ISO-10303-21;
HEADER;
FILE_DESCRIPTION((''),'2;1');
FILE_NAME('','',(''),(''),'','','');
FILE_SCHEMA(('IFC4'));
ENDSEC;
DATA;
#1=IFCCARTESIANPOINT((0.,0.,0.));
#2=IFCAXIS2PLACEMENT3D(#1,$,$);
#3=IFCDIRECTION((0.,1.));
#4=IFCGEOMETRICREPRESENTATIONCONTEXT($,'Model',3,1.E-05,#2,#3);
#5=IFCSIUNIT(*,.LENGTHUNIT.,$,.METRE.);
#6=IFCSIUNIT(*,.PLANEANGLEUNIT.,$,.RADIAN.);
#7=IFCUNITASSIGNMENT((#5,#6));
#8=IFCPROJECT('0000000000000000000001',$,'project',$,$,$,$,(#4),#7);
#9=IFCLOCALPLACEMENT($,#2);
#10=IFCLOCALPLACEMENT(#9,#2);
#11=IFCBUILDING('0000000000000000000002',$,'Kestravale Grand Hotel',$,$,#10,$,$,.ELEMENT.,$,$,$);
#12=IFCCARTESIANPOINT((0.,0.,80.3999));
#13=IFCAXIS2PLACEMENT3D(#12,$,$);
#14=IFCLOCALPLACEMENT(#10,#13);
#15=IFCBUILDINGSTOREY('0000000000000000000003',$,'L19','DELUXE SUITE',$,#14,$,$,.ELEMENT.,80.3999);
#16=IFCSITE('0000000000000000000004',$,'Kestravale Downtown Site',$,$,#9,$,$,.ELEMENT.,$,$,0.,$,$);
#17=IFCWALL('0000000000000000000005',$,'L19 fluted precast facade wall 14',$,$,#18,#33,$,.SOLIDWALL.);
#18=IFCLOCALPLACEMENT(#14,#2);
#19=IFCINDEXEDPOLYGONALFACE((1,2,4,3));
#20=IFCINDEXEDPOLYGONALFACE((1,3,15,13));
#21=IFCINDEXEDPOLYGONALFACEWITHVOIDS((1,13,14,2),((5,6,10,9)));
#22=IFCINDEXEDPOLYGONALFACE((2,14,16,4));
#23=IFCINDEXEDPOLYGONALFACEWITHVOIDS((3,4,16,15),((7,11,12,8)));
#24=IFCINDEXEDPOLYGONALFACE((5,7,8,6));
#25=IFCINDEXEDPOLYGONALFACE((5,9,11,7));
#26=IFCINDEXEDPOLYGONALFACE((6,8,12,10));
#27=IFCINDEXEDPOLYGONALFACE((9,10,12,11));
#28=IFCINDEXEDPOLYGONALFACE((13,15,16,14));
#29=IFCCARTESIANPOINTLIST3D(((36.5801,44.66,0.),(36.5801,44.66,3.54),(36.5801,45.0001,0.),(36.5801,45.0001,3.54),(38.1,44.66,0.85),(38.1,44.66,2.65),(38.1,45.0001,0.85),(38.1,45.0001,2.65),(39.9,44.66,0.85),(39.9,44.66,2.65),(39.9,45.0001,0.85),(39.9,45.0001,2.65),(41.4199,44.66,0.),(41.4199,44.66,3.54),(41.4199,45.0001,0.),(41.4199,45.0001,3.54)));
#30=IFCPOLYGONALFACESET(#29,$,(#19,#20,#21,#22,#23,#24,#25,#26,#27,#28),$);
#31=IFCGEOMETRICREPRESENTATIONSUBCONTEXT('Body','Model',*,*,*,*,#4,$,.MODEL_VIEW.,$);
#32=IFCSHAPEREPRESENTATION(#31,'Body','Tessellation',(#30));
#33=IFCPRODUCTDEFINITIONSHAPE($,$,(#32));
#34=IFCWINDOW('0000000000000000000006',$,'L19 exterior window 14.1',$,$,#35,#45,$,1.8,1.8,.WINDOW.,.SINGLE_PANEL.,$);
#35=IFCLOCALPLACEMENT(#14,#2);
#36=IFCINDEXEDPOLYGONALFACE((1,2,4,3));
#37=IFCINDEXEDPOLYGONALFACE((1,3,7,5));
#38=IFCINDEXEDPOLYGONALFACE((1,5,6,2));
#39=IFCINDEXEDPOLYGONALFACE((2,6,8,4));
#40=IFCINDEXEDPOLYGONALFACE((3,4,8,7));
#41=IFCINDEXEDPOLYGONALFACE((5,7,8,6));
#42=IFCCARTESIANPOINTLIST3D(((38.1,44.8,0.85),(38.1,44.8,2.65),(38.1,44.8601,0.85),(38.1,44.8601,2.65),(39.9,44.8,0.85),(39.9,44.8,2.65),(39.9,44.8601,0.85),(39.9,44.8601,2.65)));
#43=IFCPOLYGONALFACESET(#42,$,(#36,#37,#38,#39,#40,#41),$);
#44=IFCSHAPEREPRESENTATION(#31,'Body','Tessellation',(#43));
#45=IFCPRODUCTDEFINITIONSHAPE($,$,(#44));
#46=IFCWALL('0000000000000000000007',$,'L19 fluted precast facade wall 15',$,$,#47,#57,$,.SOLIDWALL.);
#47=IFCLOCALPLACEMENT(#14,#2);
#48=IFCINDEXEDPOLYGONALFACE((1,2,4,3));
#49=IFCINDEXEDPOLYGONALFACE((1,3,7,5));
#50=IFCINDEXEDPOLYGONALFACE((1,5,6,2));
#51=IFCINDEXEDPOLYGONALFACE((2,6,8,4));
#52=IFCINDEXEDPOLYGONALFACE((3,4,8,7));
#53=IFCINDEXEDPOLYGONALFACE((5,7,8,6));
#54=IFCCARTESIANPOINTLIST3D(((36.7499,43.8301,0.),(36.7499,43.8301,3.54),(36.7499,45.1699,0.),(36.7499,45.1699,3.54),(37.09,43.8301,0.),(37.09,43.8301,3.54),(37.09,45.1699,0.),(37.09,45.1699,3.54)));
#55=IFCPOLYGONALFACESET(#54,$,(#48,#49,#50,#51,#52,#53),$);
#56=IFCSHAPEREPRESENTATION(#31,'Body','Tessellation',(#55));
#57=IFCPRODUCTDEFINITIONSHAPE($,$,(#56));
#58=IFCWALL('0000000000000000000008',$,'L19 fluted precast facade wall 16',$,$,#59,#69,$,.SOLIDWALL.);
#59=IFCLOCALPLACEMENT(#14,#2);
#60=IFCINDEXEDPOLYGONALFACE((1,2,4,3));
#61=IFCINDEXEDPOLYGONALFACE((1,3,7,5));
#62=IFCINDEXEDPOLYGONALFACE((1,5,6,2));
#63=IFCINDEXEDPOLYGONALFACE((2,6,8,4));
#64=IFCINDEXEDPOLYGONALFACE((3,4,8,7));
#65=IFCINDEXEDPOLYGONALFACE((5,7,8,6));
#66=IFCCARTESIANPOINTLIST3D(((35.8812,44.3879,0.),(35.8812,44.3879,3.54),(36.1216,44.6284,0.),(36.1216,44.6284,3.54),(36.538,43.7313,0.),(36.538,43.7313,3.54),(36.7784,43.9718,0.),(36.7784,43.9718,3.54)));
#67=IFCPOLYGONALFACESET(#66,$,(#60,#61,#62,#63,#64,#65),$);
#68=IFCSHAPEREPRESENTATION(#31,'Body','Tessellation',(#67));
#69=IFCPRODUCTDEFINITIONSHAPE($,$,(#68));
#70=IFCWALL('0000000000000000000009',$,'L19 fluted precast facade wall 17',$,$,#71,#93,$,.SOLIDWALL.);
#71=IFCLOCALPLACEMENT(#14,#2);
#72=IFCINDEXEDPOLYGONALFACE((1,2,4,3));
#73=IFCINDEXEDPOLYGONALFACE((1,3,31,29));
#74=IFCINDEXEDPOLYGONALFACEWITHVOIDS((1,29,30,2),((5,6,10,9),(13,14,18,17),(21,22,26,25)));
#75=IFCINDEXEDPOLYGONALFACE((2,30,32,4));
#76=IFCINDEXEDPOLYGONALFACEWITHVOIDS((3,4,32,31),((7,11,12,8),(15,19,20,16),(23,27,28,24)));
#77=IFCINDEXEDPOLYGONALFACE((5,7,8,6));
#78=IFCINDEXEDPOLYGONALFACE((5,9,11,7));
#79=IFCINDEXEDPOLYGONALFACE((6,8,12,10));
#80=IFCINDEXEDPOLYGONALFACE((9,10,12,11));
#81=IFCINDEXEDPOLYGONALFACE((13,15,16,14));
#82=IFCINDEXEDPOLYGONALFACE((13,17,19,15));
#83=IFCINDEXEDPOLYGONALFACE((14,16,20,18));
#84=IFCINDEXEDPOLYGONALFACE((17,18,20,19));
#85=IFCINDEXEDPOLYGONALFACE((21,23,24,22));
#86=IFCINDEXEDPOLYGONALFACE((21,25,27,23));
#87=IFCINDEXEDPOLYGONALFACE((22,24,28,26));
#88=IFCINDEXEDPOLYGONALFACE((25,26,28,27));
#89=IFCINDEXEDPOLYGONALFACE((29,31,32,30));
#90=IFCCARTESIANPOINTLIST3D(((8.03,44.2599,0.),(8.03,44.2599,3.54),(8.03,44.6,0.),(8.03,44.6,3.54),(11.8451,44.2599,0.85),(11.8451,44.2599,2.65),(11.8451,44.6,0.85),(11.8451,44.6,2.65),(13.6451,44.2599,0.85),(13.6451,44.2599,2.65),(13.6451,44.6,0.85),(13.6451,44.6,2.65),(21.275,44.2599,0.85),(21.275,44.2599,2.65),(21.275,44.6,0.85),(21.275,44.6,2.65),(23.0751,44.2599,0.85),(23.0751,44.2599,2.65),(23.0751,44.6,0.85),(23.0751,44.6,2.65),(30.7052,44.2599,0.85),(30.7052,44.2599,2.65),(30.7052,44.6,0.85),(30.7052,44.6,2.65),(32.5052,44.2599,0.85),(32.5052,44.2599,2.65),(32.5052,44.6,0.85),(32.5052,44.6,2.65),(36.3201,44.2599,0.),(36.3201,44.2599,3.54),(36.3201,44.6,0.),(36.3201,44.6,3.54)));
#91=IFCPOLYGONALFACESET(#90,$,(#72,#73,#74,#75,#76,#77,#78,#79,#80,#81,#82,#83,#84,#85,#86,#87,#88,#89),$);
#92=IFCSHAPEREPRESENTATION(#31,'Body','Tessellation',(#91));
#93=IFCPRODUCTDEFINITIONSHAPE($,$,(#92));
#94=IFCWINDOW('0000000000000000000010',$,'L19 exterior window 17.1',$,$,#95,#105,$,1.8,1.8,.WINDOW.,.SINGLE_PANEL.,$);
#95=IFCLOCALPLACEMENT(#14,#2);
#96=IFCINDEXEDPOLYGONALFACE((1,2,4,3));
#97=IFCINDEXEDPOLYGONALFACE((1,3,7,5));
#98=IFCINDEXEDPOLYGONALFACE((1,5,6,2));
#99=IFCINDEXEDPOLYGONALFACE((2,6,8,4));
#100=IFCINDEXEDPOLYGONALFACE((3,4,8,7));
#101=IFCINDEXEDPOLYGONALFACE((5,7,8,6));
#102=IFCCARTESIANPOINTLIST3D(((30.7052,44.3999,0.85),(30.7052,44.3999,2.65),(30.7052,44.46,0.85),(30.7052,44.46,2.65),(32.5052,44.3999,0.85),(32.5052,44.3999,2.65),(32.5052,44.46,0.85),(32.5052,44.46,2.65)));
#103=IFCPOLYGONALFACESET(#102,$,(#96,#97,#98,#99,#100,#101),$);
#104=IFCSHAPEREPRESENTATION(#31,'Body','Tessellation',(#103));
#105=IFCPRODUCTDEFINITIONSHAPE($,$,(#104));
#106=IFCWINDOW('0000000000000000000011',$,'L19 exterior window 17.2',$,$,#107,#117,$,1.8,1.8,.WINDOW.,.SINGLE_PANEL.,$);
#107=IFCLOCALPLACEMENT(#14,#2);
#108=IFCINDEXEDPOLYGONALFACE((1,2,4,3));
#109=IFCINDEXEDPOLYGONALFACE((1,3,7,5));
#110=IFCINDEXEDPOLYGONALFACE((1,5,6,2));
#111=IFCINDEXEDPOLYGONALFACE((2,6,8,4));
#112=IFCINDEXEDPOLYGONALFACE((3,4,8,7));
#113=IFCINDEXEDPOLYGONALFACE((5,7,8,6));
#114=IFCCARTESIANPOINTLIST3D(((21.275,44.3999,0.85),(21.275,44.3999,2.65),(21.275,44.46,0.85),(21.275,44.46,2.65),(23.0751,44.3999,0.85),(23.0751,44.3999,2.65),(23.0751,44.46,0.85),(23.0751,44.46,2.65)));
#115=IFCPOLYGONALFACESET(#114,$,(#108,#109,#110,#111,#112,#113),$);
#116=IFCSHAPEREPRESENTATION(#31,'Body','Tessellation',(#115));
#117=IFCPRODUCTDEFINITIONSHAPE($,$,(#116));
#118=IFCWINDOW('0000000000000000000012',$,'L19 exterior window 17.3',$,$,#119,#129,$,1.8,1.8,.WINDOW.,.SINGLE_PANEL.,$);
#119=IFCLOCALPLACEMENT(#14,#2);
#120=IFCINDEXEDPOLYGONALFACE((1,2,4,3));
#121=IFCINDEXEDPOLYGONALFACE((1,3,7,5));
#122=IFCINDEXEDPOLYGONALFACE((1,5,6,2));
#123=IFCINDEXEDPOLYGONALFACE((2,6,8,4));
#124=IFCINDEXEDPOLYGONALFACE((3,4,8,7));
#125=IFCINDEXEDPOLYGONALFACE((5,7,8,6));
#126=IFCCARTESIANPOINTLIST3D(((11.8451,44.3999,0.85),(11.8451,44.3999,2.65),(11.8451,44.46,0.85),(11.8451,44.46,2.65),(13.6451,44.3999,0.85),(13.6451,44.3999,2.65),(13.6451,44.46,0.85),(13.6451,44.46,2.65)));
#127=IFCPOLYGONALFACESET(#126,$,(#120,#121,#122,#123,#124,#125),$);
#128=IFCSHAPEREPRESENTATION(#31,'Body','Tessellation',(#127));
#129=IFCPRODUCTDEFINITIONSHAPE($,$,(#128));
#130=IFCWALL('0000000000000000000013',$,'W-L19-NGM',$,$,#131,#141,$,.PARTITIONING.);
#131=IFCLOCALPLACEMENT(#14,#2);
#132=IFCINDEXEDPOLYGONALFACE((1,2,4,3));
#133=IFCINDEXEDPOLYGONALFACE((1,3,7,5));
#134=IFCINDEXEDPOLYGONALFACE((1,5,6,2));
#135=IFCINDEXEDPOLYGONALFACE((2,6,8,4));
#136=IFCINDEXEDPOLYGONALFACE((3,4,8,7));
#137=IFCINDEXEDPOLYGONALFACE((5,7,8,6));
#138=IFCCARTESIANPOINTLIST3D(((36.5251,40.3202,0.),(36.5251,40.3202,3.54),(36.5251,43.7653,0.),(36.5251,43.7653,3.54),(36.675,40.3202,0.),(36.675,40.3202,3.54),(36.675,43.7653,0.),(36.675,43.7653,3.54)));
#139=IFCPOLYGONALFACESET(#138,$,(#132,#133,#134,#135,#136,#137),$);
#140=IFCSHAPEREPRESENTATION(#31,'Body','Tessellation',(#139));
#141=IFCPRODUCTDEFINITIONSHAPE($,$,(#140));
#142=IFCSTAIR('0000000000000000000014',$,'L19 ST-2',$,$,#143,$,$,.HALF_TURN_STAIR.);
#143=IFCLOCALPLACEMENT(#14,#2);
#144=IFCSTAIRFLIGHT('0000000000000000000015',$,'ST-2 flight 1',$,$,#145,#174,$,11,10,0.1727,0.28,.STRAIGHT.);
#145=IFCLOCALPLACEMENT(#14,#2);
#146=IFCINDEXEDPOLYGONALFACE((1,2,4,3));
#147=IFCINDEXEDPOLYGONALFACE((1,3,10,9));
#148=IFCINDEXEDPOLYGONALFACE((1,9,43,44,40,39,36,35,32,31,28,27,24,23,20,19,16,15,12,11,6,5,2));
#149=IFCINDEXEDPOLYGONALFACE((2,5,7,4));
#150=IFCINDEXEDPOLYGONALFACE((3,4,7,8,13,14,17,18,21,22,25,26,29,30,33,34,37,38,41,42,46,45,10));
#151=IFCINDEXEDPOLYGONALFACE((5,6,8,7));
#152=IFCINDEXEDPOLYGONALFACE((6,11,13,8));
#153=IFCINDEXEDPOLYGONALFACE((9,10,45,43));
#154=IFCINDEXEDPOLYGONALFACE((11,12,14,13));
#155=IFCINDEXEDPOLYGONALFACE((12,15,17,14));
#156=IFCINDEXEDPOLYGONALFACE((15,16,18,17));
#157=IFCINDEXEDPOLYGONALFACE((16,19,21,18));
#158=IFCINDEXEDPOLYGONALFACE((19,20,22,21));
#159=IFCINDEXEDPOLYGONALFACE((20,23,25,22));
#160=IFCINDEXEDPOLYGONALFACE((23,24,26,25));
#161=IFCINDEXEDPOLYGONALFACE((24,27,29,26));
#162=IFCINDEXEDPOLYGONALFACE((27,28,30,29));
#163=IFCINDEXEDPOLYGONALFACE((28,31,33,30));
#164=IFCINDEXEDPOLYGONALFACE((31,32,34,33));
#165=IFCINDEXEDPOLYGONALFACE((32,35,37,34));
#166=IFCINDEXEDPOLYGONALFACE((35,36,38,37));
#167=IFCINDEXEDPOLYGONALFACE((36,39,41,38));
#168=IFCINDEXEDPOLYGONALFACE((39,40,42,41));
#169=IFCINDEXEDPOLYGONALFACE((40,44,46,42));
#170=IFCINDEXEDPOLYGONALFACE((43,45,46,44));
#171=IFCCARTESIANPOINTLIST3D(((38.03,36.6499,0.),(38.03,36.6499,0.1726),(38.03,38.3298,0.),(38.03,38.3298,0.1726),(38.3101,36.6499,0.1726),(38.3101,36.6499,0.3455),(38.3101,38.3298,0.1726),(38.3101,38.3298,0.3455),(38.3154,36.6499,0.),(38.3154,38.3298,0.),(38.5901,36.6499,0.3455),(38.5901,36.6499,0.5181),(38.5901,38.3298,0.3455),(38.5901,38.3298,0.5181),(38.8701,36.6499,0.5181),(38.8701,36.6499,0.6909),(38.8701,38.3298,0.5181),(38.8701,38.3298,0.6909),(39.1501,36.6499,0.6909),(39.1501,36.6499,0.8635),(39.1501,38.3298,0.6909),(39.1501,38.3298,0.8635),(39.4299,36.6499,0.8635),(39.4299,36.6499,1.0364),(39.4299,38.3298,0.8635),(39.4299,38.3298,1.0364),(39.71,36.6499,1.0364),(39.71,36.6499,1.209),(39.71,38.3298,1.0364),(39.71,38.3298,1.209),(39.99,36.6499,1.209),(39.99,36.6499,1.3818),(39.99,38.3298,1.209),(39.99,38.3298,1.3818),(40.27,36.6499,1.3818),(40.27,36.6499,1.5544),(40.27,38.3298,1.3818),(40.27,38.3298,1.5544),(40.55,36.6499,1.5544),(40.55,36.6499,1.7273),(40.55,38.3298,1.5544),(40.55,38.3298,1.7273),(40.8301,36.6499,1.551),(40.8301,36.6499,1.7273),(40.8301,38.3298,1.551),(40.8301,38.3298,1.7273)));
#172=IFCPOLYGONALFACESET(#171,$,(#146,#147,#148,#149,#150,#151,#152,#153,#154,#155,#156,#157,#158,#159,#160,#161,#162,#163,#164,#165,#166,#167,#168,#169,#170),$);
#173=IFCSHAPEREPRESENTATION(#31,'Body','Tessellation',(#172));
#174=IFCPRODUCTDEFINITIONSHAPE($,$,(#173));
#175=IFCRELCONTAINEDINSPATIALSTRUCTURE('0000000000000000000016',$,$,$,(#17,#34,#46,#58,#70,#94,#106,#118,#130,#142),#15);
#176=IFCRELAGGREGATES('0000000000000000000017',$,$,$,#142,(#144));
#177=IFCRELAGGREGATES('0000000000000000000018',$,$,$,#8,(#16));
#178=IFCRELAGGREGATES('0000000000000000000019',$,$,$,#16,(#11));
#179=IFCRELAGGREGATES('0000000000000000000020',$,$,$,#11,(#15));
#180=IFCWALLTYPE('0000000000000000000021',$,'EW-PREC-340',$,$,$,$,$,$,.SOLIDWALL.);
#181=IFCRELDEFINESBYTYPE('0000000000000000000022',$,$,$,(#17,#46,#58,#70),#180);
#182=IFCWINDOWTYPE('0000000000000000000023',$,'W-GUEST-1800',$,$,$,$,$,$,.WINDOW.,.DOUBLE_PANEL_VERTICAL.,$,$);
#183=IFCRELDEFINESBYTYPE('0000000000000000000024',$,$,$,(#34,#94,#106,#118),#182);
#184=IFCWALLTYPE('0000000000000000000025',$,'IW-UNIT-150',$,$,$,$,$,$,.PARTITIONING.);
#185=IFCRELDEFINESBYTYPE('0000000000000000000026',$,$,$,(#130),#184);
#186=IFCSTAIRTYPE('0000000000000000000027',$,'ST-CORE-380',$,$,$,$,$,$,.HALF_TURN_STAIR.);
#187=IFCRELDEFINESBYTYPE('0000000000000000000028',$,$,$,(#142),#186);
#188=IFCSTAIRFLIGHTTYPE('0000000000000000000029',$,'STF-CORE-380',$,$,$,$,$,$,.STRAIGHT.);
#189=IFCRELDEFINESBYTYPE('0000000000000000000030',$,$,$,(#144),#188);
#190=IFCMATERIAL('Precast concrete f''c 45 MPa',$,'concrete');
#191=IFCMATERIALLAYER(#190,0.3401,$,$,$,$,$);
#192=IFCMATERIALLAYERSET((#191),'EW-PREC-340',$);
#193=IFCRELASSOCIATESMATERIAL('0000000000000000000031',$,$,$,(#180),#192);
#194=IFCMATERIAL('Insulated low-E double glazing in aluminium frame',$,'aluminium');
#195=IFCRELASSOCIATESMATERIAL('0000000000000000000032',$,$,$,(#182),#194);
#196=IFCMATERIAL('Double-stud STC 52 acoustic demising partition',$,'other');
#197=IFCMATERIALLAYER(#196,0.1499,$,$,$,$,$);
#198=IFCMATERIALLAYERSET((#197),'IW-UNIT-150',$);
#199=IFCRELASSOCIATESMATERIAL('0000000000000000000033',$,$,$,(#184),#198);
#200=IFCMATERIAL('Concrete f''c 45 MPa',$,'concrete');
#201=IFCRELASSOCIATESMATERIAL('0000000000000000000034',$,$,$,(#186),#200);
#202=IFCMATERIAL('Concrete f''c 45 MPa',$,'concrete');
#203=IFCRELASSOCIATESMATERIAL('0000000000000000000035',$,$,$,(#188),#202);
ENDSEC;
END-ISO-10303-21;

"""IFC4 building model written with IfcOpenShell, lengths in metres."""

from ifc_helpers import new_model, si_unit, direction, frame, frame_2d, origin, place, context, subcontext, project, spatial, polyline, rectangle, outline, extrude, material, layer, layer_set, type_object, element, fill, aggregate, save


model = new_model("IFC4")

# Units and contexts
model_context = context("Model", 3, precision=1e-05, world=origin(), true_north=direction((0.0, 1.0)))
body_context = subcontext(model_context, "Body", "Model", "MODEL_VIEW")
ifc_project = project(units=[si_unit("LENGTHUNIT", "METRE"), si_unit("PLANEANGLEUNIT", "RADIAN")], contexts=[model_context])

# Site, building, storey
site_placement = place(None, origin())
site = spatial("IfcSite", under=ifc_project, at=site_placement, Name="Kestravale Downtown Site", CompositionType="ELEMENT", RefElevation=0.0)
building_placement = place(site_placement, origin())
building = spatial("IfcBuilding", under=site, at=building_placement, Name="Kestravale Grand Hotel", CompositionType="ELEMENT")
storey_placement = place(building_placement, frame((0.0, 0.0, 80.3999)))
storey = spatial("IfcBuildingStorey", under=building, at=storey_placement, Name="L19", Description="DELUXE SUITE", CompositionType="ELEMENT", Elevation=80.3999)

# Shared definitions
ifc_material_1 = material(Name="Precast concrete f'c 45 MPa", Category="concrete")
ifc_layer_1 = layer(ifc_material_1, 0.3401)
ifc_layer_set_1 = layer_set([ifc_layer_1], Name="EW-PREC-340")
wall_type_1 = type_object("IfcWallType", Name="EW-PREC-340", PredefinedType="SOLIDWALL", material=ifc_layer_set_1)

# Wall, opening, window
ifc_material_2 = material(Name="Insulated low-E double glazing in aluminium frame", Category="aluminium")
window_type = type_object("IfcWindowType", Name="W-GUEST-1800", PartitioningType="DOUBLE_PANEL_VERTICAL", PredefinedType="WINDOW", material=ifc_material_2)
wall_1_placement = place(storey_placement, frame((41.4199, 44.8301, 0.0), z_axis=(0.0, 0.0, 1.0), x_axis=(-1.0, 0.0, 0.0)))
wall_1 = element("IfcWall", 1, at=wall_1_placement, inside=storey, type_object=wall_type_1, Name="L19 fluted precast facade wall 14", PredefinedType="SOLIDWALL", context=body_context, shape_type="SweptSolid", body=[
    extrude(rectangle(XDim=4.8398, YDim=0.3401, at=frame_2d((2.4199, 0.0))), origin(), (0.0, 0.0, 1.0), 3.54),
])
opening_1_placement = place(wall_1_placement, frame((1.52, 0.0, 0.8501)))
opening_1 = element("IfcOpeningElement", 2, at=opening_1_placement, cuts=wall_1, PredefinedType="OPENING", context=body_context, shape_type="SweptSolid", body=[
    extrude(rectangle(XDim=1.8, YDim=1.8, at=frame_2d((0.8999, 0.8999))), frame((0.0, 0.1799, 0.0), z_axis=(0.0, -1.0, 0.0), x_axis=(1.0, 0.0, 0.0)), (0.0, 0.0, 1.0), 0.3601),
])
window_1_placement = place(opening_1_placement, origin())
window_1 = element("IfcWindow", 3, at=window_1_placement, inside=storey, type_object=window_type, Name="L19 exterior window 14.1", OverallHeight=1.8, OverallWidth=1.8, PartitioningType="SINGLE_PANEL", PredefinedType="WINDOW", context=body_context, shape_type="SweptSolid", body=[
    extrude(rectangle(XDim=1.8, YDim=1.8, at=frame_2d((0.8999, 0.8999))), frame((0.0, 0.03, 0.0), z_axis=(0.0, -1.0, 0.0), x_axis=(1.0, 0.0, 0.0)), (0.0, 0.0, 1.0), 0.0601),
])
fill(opening_1, window_1)

# Walls
wall_2_placement = place(storey_placement, frame((36.9199, 45.1699, 0.0), z_axis=(0.0, 0.0, 1.0), x_axis=(0.0, -1.0, 0.0)))
element("IfcWall", 4, at=wall_2_placement, inside=storey, type_object=wall_type_1, Name="L19 fluted precast facade wall 15", PredefinedType="SOLIDWALL", context=body_context, shape_type="SweptSolid", body=[
    extrude(rectangle(XDim=1.3398, YDim=0.3401, at=frame_2d((0.6699, 0.0))), origin(), (0.0, 0.0, 1.0), 3.54),
])
wall_3_placement = place(storey_placement, frame((36.6582, 43.8516, 0.0), z_axis=(0.0, 0.0, 1.0), x_axis=(-0.707238, 0.706975, 0.0)))
element("IfcWall", 5, at=wall_3_placement, inside=storey, type_object=wall_type_1, Name="L19 fluted precast facade wall 16", PredefinedType="SOLIDWALL", context=body_context, shape_type="SweptSolid", body=[
    extrude(rectangle(XDim=0.9287, YDim=0.3401, at=frame_2d((0.4644, 0.0))), origin(), (0.0, 0.0, 1.0), 3.54),
])

# Wall, openings, windows
wall_4_placement = place(storey_placement, frame((36.3201, 44.4299, 0.0), z_axis=(0.0, 0.0, 1.0), x_axis=(-1.0, 0.0, 0.0)))
wall_4 = element("IfcWall", 6, at=wall_4_placement, inside=storey, type_object=wall_type_1, Name="L19 fluted precast facade wall 17", PredefinedType="SOLIDWALL", context=body_context, shape_type="SweptSolid", body=[
    extrude(rectangle(XDim=28.29, YDim=0.3401, at=frame_2d((14.145, 0.0))), origin(), (0.0, 0.0, 1.0), 3.54),
])
opening_2_placement = place(wall_4_placement, frame((3.8149, 0.0, 0.8501)))
opening_2 = element("IfcOpeningElement", 7, at=opening_2_placement, cuts=wall_4, PredefinedType="OPENING", context=body_context, shape_type="SweptSolid", body=[
    extrude(rectangle(XDim=1.8, YDim=1.8, at=frame_2d((0.8999, 0.8999))), frame((0.0, 0.1799, 0.0), z_axis=(0.0, -1.0, 0.0), x_axis=(1.0, 0.0, 0.0)), (0.0, 0.0, 1.0), 0.3601),
])
opening_3_placement = place(wall_4_placement, frame((13.2451, 0.0, 0.8501)))
opening_3 = element("IfcOpeningElement", 8, at=opening_3_placement, cuts=wall_4, PredefinedType="OPENING", context=body_context, shape_type="SweptSolid", body=[
    extrude(rectangle(XDim=1.8, YDim=1.8, at=frame_2d((0.8999, 0.8999))), frame((0.0, 0.1799, 0.0), z_axis=(0.0, -1.0, 0.0), x_axis=(1.0, 0.0, 0.0)), (0.0, 0.0, 1.0), 0.3601),
])
opening_4_placement = place(wall_4_placement, frame((22.675, 0.0, 0.8501)))
opening_4 = element("IfcOpeningElement", 9, at=opening_4_placement, cuts=wall_4, PredefinedType="OPENING", context=body_context, shape_type="SweptSolid", body=[
    extrude(rectangle(XDim=1.8, YDim=1.8, at=frame_2d((0.8999, 0.8999))), frame((0.0, 0.1799, 0.0), z_axis=(0.0, -1.0, 0.0), x_axis=(1.0, 0.0, 0.0)), (0.0, 0.0, 1.0), 0.3601),
])
window_2_placement = place(opening_2_placement, origin())
window_2 = element("IfcWindow", 10, at=window_2_placement, inside=storey, type_object=window_type, Name="L19 exterior window 17.1", OverallHeight=1.8, OverallWidth=1.8, PartitioningType="SINGLE_PANEL", PredefinedType="WINDOW", context=body_context, shape_type="SweptSolid", body=[
    extrude(rectangle(XDim=1.8, YDim=1.8, at=frame_2d((0.8999, 0.8999))), frame((0.0, 0.03, 0.0), z_axis=(0.0, -1.0, 0.0), x_axis=(1.0, 0.0, 0.0)), (0.0, 0.0, 1.0), 0.0601),
])
fill(opening_2, window_2)
window_3_placement = place(opening_3_placement, origin())
window_3 = element("IfcWindow", 11, at=window_3_placement, inside=storey, type_object=window_type, Name="L19 exterior window 17.2", OverallHeight=1.8, OverallWidth=1.8, PartitioningType="SINGLE_PANEL", PredefinedType="WINDOW", context=body_context, shape_type="SweptSolid", body=[
    extrude(rectangle(XDim=1.8, YDim=1.8, at=frame_2d((0.8999, 0.8999))), frame((0.0, 0.03, 0.0), z_axis=(0.0, -1.0, 0.0), x_axis=(1.0, 0.0, 0.0)), (0.0, 0.0, 1.0), 0.0601),
])
fill(opening_3, window_3)
window_4_placement = place(opening_4_placement, origin())
window_4 = element("IfcWindow", 12, at=window_4_placement, inside=storey, type_object=window_type, Name="L19 exterior window 17.3", OverallHeight=1.8, OverallWidth=1.8, PartitioningType="SINGLE_PANEL", PredefinedType="WINDOW", context=body_context, shape_type="SweptSolid", body=[
    extrude(rectangle(XDim=1.8, YDim=1.8, at=frame_2d((0.8999, 0.8999))), frame((0.0, 0.03, 0.0), z_axis=(0.0, -1.0, 0.0), x_axis=(1.0, 0.0, 0.0)), (0.0, 0.0, 1.0), 0.0601),
])
fill(opening_4, window_4)

# Wall
ifc_material_3 = material(Name="Double-stud STC 52 acoustic demising partition", Category="other")
ifc_layer_2 = layer(ifc_material_3, 0.1499)
ifc_layer_set_2 = layer_set([ifc_layer_2], Name="IW-UNIT-150")
wall_type_2 = type_object("IfcWallType", Name="IW-UNIT-150", PredefinedType="PARTITIONING", material=ifc_layer_set_2)
wall_5_placement = place(storey_placement, frame((36.6001, 40.3201, 0.0), z_axis=(0.0, 0.0, 1.0), x_axis=(0.0, 1.0, 0.0)))
element("IfcWall", 13, at=wall_5_placement, inside=storey, type_object=wall_type_2, Name="W-L19-NGM", PredefinedType="PARTITIONING", context=body_context, shape_type="SweptSolid", body=[
    extrude(rectangle(XDim=3.4451, YDim=0.1499, at=frame_2d((1.7227, 0.0))), origin(), (0.0, 0.0, 1.0), 3.54),
])

# Stair, stair flight
ifc_material_4 = material(Name="Concrete f'c 45 MPa", Category="concrete")
stair_type = type_object("IfcStairType", Name="ST-CORE-380", PredefinedType="HALF_TURN_STAIR", material=ifc_material_4)
stair_placement = place(storey_placement, origin())
stair = element("IfcStair", 14, at=stair_placement, inside=storey, type_object=stair_type, Name="L19 ST-2", PredefinedType="HALF_TURN_STAIR")
ifc_material_5 = material(Name="Concrete f'c 45 MPa", Category="concrete")
stair_flight_type = type_object("IfcStairFlightType", Name="STF-CORE-380", PredefinedType="STRAIGHT", material=ifc_material_5)
stair_flight_1_placement = place(storey_placement, frame((38.03, 37.49, 0.0), z_axis=(0.0, 0.0, 1.0), x_axis=(1.0, 0.0, 0.0)))
stair_flight_1 = element("IfcStairFlight", 15, at=stair_flight_1_placement, type_object=stair_flight_type, Name="ST-2 flight 1", NumberOfRisers=11, NumberOfTreads=10, PredefinedType="STRAIGHT", RiserHeight=0.1727, TreadLength=0.28, context=body_context, shape_type="SweptSolid", body=[
    extrude(outline(polyline([(0.0, 0.0), (0.0, 0.1726), (0.28, 0.1726), (0.28, 0.3455), (0.5601, 0.3455), (0.5601, 0.5181), (0.8401, 0.5181), (0.8401, 0.6909), (1.1201, 0.6909), (1.1201, 0.8635), (1.3999, 0.8635), (1.3999, 1.0364), (1.6799, 1.0364), (1.6799, 1.209), (1.96, 1.209), (1.96, 1.3818), (2.24, 1.3818), (2.24, 1.5544), (2.52, 1.5544), (2.52, 1.7273), (2.8, 1.7273), (2.8, 1.8999), (2.8, 1.551), (0.2854, 0.0), (0.0, 0.0)])), frame((0.0, 0.8398, 0.0), z_axis=(0.0, -1.0, 0.0), x_axis=(1.0, 0.0, 0.0)), (0.0, 0.0, 1.0), 1.6799),
])
aggregate(stair, [stair_flight_1])

save(model, "model.ifc")
